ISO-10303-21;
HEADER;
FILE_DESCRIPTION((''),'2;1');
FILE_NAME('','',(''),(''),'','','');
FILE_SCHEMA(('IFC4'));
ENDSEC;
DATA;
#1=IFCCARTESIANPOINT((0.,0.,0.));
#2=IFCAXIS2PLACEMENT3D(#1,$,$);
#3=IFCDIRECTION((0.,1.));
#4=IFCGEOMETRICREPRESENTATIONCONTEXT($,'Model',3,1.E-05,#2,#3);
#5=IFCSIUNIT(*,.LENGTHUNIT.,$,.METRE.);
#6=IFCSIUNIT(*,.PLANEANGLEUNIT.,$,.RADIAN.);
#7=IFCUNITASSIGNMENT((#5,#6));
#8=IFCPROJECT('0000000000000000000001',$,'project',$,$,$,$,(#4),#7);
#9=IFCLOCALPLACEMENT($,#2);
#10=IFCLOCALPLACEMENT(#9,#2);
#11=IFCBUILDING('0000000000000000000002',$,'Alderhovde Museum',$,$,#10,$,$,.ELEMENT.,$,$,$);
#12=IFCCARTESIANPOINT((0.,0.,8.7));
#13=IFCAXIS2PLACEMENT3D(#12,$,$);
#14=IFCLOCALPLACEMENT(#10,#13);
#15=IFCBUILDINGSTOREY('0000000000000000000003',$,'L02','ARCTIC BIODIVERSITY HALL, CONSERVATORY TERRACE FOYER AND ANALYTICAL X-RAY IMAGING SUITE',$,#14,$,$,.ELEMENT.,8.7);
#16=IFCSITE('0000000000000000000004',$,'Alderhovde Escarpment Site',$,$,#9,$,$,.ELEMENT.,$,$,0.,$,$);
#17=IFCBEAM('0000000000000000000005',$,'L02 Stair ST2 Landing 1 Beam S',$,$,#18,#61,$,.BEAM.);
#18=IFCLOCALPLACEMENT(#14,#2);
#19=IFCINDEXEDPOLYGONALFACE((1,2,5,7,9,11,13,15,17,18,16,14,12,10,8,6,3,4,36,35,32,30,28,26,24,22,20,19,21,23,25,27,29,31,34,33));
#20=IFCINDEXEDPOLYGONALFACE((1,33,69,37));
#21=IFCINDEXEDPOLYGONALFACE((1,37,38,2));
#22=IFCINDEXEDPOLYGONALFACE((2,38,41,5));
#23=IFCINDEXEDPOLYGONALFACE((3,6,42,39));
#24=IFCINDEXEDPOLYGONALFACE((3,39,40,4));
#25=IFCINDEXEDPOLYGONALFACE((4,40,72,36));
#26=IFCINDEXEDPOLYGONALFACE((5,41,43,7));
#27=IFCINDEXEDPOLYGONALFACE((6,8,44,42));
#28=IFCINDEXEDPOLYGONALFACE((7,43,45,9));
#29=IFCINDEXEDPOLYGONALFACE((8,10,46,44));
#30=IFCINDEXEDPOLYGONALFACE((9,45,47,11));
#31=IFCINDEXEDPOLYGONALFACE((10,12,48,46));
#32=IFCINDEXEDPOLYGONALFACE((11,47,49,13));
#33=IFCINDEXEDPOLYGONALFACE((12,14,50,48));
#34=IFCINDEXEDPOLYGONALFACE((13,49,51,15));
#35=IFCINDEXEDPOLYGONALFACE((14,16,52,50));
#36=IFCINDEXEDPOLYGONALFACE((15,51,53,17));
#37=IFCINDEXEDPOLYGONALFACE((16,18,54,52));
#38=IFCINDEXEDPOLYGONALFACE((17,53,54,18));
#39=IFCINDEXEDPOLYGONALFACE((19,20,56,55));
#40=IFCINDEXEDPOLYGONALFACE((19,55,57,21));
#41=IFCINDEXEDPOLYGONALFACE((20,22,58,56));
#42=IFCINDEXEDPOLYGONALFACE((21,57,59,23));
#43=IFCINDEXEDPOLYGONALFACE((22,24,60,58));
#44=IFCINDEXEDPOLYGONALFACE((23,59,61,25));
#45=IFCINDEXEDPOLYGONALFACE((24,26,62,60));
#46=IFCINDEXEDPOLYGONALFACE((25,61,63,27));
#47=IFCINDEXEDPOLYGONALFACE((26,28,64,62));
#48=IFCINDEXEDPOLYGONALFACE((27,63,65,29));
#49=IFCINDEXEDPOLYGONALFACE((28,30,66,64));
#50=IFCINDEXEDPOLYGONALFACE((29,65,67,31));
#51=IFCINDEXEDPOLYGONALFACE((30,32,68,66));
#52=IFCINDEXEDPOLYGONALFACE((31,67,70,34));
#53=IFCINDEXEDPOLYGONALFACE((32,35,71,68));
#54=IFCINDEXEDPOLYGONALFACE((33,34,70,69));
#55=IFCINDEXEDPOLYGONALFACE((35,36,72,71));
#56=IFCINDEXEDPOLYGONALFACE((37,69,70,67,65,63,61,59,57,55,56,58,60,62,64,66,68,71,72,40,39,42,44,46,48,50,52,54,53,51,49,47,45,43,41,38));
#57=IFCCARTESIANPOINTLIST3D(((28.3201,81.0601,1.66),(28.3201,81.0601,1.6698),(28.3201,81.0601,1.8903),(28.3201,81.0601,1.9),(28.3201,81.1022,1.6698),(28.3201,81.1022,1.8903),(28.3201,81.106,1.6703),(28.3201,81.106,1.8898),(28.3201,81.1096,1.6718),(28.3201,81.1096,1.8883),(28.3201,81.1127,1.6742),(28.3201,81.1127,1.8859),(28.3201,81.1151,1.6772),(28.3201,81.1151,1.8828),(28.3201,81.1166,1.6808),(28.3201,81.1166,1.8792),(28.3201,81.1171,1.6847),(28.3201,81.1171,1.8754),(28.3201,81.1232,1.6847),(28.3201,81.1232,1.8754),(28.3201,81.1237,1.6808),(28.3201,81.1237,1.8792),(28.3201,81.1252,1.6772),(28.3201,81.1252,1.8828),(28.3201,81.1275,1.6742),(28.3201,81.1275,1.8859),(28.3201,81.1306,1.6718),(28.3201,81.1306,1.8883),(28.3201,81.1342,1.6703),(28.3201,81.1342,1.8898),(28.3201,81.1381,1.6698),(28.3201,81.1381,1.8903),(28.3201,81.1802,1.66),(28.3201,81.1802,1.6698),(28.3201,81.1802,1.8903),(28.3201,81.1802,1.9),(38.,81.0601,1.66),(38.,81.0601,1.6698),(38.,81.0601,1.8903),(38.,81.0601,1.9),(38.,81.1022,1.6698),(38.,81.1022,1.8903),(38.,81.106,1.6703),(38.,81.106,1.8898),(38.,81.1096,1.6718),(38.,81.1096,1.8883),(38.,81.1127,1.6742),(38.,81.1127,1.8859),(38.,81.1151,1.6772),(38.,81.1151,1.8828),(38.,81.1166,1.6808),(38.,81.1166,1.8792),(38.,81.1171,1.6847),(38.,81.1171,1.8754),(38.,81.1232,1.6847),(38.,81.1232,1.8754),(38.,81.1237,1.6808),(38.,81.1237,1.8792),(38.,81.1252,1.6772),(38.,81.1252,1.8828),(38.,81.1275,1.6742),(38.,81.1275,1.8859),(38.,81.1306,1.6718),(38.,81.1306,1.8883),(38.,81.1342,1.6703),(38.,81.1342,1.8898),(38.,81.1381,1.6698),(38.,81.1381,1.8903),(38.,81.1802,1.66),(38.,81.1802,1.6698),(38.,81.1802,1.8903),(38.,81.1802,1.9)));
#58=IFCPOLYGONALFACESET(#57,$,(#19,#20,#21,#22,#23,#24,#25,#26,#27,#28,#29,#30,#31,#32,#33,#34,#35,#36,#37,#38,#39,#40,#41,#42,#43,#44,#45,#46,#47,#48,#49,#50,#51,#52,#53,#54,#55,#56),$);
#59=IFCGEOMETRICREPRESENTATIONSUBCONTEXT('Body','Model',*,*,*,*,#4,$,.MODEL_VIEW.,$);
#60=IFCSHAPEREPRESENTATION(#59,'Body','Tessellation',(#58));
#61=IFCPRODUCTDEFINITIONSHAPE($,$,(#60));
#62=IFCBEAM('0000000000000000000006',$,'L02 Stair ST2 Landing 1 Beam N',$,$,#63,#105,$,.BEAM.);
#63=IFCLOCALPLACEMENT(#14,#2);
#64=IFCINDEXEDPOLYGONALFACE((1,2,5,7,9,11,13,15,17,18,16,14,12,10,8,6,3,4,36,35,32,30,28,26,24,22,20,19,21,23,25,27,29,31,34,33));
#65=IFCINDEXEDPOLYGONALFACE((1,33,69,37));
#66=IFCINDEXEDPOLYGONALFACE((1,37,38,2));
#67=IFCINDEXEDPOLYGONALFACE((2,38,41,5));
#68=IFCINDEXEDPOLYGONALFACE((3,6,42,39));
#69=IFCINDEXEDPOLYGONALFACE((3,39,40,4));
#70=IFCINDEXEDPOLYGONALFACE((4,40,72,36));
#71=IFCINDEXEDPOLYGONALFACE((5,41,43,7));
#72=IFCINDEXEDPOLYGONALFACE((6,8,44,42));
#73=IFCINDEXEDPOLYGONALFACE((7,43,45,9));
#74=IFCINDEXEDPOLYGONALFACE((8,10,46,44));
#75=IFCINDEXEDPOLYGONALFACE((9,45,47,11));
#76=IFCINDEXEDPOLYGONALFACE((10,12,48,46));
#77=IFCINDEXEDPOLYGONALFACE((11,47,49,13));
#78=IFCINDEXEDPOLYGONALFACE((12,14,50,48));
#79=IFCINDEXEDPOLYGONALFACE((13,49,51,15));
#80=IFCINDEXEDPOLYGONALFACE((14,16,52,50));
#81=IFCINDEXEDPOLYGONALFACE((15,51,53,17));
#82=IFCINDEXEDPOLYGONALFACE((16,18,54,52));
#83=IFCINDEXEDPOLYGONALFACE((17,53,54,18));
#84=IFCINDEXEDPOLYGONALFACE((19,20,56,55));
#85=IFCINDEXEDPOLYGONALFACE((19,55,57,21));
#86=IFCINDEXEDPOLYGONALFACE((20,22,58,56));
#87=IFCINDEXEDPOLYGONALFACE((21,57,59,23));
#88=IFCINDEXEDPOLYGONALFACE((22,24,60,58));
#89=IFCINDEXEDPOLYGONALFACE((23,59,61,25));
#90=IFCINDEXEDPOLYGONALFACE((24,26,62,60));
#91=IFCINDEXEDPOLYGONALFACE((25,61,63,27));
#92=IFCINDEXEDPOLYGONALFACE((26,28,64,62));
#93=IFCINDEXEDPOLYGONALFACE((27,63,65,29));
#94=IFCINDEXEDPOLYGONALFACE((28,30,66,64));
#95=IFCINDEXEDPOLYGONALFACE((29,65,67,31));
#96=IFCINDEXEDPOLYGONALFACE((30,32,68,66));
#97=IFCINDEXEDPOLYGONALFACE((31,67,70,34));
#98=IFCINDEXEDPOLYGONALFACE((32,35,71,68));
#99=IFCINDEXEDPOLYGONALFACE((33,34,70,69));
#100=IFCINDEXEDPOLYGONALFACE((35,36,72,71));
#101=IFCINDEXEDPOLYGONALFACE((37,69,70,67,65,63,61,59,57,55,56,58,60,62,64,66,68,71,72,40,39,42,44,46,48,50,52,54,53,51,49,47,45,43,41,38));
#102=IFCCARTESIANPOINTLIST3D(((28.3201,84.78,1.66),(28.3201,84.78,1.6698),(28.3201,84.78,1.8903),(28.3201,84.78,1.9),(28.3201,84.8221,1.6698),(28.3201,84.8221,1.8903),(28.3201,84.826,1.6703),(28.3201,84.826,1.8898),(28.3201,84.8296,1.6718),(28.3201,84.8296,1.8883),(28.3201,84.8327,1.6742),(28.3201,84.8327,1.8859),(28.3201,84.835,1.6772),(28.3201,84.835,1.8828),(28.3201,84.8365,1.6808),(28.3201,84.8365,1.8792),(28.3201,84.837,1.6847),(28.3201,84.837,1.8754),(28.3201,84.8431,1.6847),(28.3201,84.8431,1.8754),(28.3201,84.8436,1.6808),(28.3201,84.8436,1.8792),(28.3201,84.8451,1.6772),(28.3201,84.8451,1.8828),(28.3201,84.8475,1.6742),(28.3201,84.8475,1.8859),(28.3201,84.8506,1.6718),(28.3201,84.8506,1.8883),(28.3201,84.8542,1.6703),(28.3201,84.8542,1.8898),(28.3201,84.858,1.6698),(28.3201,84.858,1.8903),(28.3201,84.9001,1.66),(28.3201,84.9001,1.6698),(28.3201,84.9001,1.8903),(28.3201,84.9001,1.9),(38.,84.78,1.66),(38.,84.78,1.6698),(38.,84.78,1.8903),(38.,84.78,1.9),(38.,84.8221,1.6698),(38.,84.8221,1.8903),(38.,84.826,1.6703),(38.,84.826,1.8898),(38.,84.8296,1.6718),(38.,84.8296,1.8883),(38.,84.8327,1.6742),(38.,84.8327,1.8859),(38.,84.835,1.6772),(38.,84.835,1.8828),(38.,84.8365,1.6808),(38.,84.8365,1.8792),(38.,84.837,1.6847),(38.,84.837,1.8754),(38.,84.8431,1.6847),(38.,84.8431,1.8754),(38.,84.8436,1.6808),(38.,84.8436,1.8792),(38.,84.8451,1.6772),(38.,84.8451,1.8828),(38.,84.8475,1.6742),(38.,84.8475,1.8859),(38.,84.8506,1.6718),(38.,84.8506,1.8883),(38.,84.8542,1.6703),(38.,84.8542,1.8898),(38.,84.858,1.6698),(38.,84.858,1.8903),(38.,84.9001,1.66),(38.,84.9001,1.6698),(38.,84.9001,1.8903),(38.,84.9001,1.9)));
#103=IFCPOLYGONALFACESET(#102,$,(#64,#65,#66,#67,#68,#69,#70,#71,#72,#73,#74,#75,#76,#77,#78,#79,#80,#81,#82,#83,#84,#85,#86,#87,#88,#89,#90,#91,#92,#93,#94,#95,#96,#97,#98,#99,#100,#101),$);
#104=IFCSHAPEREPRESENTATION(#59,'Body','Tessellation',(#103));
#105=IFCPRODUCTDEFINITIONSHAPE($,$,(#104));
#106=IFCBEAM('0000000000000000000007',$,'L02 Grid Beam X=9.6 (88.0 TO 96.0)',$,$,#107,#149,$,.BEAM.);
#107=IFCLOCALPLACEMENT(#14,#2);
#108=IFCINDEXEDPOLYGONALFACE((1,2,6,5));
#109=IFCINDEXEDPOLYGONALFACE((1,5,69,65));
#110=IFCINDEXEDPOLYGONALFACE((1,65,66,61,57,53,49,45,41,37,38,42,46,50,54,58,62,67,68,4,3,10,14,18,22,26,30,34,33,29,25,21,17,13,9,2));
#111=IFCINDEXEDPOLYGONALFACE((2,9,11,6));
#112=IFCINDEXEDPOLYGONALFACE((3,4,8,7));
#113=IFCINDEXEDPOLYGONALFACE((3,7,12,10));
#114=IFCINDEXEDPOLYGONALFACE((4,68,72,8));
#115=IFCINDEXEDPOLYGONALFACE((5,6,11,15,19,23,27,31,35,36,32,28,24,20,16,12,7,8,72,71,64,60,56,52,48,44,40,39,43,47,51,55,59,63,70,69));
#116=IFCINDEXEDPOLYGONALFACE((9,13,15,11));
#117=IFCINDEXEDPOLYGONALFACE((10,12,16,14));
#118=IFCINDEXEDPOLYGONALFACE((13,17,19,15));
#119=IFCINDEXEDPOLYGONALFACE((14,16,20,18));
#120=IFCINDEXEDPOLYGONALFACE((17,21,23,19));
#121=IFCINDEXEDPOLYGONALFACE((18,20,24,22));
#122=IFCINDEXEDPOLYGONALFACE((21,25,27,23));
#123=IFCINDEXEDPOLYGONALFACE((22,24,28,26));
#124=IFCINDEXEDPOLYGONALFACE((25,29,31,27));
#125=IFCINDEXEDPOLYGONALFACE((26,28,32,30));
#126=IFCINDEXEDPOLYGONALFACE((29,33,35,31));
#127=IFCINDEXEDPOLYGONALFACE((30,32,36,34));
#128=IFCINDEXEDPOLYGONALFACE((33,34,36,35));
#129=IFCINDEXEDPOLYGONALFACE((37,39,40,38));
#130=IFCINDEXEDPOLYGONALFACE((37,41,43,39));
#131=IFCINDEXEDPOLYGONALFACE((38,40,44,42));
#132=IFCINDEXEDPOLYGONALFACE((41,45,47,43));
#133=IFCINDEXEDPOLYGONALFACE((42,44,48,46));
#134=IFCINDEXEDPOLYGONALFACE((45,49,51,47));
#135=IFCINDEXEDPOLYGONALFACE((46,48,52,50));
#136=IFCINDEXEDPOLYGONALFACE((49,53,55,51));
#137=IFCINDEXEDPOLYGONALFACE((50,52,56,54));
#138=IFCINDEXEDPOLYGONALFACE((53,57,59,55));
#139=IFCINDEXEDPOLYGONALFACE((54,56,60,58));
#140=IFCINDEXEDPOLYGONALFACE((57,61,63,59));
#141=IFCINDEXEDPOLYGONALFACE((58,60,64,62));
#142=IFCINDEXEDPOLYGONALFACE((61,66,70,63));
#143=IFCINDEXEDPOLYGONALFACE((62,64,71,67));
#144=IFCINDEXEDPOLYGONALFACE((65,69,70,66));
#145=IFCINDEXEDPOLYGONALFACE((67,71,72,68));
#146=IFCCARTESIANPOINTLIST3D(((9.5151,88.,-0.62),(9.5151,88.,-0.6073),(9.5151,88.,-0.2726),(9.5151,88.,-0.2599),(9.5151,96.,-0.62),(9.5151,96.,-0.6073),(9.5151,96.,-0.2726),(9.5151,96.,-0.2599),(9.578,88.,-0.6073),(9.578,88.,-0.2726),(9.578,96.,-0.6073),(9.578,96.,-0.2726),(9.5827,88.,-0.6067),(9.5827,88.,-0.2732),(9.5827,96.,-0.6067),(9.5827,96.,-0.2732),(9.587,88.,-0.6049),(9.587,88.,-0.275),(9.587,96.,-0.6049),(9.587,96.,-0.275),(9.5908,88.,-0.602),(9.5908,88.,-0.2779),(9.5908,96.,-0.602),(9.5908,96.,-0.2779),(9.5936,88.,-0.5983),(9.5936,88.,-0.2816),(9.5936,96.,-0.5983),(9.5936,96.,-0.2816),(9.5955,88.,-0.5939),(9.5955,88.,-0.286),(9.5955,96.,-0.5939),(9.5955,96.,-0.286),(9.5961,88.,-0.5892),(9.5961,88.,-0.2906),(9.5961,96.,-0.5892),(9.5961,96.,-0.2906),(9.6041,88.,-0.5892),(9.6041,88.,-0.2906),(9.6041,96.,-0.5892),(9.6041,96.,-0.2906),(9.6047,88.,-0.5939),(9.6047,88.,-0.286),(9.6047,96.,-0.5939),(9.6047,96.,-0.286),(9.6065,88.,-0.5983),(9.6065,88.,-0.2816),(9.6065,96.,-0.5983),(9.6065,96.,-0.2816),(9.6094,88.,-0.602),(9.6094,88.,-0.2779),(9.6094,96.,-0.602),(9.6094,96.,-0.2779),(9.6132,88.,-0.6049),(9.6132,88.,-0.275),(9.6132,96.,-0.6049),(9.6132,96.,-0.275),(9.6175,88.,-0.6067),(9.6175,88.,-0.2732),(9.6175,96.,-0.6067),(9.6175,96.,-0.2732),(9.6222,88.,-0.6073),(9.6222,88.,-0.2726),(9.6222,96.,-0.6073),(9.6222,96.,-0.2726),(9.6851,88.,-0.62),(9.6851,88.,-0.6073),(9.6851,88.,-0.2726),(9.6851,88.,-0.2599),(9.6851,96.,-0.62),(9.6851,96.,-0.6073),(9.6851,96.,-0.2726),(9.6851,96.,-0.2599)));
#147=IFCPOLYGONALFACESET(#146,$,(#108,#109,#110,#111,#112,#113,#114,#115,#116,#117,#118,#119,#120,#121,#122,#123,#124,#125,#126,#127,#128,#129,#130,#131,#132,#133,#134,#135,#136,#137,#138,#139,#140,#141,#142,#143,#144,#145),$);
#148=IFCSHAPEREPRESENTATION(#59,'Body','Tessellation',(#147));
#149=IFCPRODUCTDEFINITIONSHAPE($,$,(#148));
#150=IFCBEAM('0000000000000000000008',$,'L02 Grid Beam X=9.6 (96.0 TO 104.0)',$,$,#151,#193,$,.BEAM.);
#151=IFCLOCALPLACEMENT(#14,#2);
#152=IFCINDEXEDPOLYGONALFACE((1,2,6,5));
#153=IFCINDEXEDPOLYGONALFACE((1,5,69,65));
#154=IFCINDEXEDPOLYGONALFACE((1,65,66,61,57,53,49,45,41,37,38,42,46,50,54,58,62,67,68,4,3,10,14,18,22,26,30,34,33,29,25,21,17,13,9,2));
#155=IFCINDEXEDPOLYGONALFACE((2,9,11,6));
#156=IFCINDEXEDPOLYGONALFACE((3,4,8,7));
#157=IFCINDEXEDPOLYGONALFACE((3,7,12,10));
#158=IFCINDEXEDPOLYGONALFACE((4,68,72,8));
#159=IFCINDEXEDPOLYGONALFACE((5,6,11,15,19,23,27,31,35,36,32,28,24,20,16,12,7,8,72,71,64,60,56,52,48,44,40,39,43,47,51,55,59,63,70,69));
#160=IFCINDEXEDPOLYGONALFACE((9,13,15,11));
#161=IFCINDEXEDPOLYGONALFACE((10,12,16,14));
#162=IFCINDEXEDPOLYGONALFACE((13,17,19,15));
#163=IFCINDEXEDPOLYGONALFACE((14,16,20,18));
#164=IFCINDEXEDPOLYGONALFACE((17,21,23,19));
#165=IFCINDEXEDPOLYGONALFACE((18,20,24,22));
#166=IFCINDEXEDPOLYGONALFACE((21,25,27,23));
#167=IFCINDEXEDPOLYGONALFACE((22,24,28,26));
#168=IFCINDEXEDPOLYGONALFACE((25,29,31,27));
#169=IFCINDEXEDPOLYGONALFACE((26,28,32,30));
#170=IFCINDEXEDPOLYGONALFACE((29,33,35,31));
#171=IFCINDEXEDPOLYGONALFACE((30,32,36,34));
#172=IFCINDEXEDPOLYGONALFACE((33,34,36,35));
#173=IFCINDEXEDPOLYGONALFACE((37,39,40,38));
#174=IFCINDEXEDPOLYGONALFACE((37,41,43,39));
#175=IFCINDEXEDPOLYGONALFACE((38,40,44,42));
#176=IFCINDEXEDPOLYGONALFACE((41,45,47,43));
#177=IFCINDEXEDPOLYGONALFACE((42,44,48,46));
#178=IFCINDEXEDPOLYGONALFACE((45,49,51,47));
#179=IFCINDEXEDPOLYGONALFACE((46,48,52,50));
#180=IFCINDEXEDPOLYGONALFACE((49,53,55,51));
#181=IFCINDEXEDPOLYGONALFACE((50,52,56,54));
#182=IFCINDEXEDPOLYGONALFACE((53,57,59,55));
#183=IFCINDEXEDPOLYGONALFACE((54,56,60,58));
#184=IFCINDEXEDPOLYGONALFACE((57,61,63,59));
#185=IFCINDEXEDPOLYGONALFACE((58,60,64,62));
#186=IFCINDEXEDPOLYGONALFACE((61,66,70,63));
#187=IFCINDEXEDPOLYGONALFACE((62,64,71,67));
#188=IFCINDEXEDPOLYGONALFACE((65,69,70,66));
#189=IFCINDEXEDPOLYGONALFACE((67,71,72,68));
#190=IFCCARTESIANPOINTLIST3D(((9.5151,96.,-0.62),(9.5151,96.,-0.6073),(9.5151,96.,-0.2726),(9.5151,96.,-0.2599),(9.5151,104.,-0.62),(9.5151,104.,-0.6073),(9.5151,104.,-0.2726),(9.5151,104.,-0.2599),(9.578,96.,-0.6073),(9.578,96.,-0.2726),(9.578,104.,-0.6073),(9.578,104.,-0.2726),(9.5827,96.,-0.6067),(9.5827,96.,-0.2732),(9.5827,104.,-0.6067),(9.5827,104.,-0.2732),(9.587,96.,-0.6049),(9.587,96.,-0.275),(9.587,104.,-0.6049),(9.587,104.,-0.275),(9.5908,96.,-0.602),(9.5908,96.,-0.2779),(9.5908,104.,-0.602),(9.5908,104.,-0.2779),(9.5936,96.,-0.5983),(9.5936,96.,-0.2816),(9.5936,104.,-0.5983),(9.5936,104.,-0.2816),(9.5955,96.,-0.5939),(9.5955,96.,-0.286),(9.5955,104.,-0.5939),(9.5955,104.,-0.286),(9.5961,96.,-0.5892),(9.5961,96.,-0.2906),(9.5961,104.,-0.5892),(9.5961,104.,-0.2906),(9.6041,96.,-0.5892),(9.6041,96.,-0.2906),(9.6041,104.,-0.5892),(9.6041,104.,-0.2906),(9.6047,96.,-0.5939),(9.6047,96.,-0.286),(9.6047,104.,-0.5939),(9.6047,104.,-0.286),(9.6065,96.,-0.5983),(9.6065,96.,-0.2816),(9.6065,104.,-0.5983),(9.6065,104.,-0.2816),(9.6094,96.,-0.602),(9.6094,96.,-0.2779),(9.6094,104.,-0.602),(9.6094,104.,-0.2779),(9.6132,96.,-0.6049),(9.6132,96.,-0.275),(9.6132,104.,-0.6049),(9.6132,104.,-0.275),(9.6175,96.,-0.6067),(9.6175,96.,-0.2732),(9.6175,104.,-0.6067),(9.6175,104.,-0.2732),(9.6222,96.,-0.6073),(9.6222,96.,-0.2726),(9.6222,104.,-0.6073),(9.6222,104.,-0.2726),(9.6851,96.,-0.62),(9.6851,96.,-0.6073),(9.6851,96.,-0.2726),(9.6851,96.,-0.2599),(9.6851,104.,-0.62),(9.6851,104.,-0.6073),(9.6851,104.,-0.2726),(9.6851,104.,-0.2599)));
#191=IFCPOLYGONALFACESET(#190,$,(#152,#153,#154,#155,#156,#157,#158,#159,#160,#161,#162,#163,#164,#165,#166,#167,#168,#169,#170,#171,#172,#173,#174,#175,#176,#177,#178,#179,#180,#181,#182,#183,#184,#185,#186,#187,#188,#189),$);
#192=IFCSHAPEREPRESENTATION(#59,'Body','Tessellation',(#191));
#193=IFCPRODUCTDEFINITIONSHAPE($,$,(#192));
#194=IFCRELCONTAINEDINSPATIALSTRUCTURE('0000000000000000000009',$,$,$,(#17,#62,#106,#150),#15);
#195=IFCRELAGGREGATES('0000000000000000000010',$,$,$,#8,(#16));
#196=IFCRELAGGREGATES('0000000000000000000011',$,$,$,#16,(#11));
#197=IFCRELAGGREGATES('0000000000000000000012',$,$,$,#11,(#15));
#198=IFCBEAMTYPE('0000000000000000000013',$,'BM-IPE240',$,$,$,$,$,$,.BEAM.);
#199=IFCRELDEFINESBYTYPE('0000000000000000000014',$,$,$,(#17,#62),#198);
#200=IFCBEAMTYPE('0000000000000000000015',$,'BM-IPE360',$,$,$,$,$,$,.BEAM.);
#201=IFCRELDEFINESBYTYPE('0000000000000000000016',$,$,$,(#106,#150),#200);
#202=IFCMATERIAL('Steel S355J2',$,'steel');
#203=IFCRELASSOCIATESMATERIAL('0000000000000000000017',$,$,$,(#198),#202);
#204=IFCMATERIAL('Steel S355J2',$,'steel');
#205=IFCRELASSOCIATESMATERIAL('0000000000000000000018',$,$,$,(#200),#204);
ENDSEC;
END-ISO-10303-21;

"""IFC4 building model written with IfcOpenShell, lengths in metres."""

from ifc_helpers import new_model, si_unit, direction, frame, origin, origin_2d, place, context, subcontext, project, spatial, i_section, extrude, material, material_profile, profile_set, type_object, element, save


model = new_model("IFC4")

# Units and contexts
model_context = context("Model", 3, precision=1e-05, world=origin(), true_north=direction((0.0, 1.0)))
body_context = subcontext(model_context, "Body", "Model", "MODEL_VIEW")
ifc_project = project(units=[si_unit("LENGTHUNIT", "METRE"), si_unit("PLANEANGLEUNIT", "RADIAN")], contexts=[model_context])

# Site, building, storey
site_placement = place(None, origin())
site = spatial("IfcSite", under=ifc_project, at=site_placement, Name="Alderhovde Escarpment Site", CompositionType="ELEMENT", RefElevation=0.0)
building_placement = place(site_placement, origin())
building = spatial("IfcBuilding", under=site, at=building_placement, Name="Alderhovde Museum", CompositionType="ELEMENT")
storey_placement = place(building_placement, frame((0.0, 0.0, 8.7)))
storey = spatial("IfcBuildingStorey", under=building, at=storey_placement, Name="L02", Description="ARCTIC BIODIVERSITY HALL, CONSERVATORY TERRACE FOYER AND ANALYTICAL X-RAY IMAGING SUITE", CompositionType="ELEMENT", Elevation=8.7)

# Beams
ifc_material_1 = material(Name="Steel S355J2", Category="steel")
ifc_material_profile_1 = material_profile(ifc_material_1, i_section(OverallWidth=0.1201, OverallDepth=0.24, WebThickness=0.0061, FlangeThickness=0.0098, FilletRadius=0.0149, at=origin_2d()), Name="IPE 240")
ifc_profile_set_1 = profile_set([ifc_material_profile_1], Name="Steel S355J2")
beam_type_1 = type_object("IfcBeamType", Name="BM-IPE240", PredefinedType="BEAM", material=ifc_profile_set_1)
for number, where, z_axis, x_axis, name in (
    (1, (28.3201, 81.1201, 1.78), (1.0, 0.0, 0.0), (0.0, 1.0, 0.0), "L02 Stair ST2 Landing 1 Beam S"),
    (2, (28.3201, 84.8401, 1.78), (1.0, 0.0, 0.0), (0.0, 1.0, 0.0), "L02 Stair ST2 Landing 1 Beam N"),
):
    element("IfcBeam", number, at=place(storey_placement, frame(where, z_axis=z_axis, x_axis=x_axis)), inside=storey, type_object=beam_type_1, Name=name, PredefinedType="BEAM", context=body_context, shape_type="SweptSolid", body=[
        extrude(i_section(OverallWidth=0.1201, OverallDepth=0.24, WebThickness=0.0061, FlangeThickness=0.0098, FilletRadius=0.0149, at=origin_2d()), origin(), (0.0, 0.0, 1.0), 9.6799),
    ])
ifc_material_2 = material(Name="Steel S355J2", Category="steel")
ifc_material_profile_2 = material_profile(ifc_material_2, i_section(OverallWidth=0.1699, OverallDepth=0.3601, WebThickness=0.0081, FlangeThickness=0.0127, FilletRadius=0.0181, at=origin_2d()), Name="IPE 360")
ifc_profile_set_2 = profile_set([ifc_material_profile_2], Name="Steel S355J2")
beam_type_2 = type_object("IfcBeamType", Name="BM-IPE360", PredefinedType="BEAM", material=ifc_profile_set_2)
for number, where, z_axis, x_axis, name in (
    (3, (9.6001, 88.0, -0.4399), (0.0, 1.0, 0.0), (-1.0, 0.0, 0.0), "L02 Grid Beam X=9.6 (88.0 TO 96.0)"),
    (4, (9.6001, 96.0, -0.4399), (0.0, 1.0, 0.0), (-1.0, 0.0, 0.0), "L02 Grid Beam X=9.6 (96.0 TO 104.0)"),
):
    element("IfcBeam", number, at=place(storey_placement, frame(where, z_axis=z_axis, x_axis=x_axis)), inside=storey, type_object=beam_type_2, Name=name, PredefinedType="BEAM", context=body_context, shape_type="SweptSolid", body=[
        extrude(i_section(OverallWidth=0.1699, OverallDepth=0.3601, WebThickness=0.0081, FlangeThickness=0.0127, FilletRadius=0.0181, at=origin_2d()), origin(), (0.0, 0.0, 1.0), 8.0),
    ])

save(model, "model.ifc")
